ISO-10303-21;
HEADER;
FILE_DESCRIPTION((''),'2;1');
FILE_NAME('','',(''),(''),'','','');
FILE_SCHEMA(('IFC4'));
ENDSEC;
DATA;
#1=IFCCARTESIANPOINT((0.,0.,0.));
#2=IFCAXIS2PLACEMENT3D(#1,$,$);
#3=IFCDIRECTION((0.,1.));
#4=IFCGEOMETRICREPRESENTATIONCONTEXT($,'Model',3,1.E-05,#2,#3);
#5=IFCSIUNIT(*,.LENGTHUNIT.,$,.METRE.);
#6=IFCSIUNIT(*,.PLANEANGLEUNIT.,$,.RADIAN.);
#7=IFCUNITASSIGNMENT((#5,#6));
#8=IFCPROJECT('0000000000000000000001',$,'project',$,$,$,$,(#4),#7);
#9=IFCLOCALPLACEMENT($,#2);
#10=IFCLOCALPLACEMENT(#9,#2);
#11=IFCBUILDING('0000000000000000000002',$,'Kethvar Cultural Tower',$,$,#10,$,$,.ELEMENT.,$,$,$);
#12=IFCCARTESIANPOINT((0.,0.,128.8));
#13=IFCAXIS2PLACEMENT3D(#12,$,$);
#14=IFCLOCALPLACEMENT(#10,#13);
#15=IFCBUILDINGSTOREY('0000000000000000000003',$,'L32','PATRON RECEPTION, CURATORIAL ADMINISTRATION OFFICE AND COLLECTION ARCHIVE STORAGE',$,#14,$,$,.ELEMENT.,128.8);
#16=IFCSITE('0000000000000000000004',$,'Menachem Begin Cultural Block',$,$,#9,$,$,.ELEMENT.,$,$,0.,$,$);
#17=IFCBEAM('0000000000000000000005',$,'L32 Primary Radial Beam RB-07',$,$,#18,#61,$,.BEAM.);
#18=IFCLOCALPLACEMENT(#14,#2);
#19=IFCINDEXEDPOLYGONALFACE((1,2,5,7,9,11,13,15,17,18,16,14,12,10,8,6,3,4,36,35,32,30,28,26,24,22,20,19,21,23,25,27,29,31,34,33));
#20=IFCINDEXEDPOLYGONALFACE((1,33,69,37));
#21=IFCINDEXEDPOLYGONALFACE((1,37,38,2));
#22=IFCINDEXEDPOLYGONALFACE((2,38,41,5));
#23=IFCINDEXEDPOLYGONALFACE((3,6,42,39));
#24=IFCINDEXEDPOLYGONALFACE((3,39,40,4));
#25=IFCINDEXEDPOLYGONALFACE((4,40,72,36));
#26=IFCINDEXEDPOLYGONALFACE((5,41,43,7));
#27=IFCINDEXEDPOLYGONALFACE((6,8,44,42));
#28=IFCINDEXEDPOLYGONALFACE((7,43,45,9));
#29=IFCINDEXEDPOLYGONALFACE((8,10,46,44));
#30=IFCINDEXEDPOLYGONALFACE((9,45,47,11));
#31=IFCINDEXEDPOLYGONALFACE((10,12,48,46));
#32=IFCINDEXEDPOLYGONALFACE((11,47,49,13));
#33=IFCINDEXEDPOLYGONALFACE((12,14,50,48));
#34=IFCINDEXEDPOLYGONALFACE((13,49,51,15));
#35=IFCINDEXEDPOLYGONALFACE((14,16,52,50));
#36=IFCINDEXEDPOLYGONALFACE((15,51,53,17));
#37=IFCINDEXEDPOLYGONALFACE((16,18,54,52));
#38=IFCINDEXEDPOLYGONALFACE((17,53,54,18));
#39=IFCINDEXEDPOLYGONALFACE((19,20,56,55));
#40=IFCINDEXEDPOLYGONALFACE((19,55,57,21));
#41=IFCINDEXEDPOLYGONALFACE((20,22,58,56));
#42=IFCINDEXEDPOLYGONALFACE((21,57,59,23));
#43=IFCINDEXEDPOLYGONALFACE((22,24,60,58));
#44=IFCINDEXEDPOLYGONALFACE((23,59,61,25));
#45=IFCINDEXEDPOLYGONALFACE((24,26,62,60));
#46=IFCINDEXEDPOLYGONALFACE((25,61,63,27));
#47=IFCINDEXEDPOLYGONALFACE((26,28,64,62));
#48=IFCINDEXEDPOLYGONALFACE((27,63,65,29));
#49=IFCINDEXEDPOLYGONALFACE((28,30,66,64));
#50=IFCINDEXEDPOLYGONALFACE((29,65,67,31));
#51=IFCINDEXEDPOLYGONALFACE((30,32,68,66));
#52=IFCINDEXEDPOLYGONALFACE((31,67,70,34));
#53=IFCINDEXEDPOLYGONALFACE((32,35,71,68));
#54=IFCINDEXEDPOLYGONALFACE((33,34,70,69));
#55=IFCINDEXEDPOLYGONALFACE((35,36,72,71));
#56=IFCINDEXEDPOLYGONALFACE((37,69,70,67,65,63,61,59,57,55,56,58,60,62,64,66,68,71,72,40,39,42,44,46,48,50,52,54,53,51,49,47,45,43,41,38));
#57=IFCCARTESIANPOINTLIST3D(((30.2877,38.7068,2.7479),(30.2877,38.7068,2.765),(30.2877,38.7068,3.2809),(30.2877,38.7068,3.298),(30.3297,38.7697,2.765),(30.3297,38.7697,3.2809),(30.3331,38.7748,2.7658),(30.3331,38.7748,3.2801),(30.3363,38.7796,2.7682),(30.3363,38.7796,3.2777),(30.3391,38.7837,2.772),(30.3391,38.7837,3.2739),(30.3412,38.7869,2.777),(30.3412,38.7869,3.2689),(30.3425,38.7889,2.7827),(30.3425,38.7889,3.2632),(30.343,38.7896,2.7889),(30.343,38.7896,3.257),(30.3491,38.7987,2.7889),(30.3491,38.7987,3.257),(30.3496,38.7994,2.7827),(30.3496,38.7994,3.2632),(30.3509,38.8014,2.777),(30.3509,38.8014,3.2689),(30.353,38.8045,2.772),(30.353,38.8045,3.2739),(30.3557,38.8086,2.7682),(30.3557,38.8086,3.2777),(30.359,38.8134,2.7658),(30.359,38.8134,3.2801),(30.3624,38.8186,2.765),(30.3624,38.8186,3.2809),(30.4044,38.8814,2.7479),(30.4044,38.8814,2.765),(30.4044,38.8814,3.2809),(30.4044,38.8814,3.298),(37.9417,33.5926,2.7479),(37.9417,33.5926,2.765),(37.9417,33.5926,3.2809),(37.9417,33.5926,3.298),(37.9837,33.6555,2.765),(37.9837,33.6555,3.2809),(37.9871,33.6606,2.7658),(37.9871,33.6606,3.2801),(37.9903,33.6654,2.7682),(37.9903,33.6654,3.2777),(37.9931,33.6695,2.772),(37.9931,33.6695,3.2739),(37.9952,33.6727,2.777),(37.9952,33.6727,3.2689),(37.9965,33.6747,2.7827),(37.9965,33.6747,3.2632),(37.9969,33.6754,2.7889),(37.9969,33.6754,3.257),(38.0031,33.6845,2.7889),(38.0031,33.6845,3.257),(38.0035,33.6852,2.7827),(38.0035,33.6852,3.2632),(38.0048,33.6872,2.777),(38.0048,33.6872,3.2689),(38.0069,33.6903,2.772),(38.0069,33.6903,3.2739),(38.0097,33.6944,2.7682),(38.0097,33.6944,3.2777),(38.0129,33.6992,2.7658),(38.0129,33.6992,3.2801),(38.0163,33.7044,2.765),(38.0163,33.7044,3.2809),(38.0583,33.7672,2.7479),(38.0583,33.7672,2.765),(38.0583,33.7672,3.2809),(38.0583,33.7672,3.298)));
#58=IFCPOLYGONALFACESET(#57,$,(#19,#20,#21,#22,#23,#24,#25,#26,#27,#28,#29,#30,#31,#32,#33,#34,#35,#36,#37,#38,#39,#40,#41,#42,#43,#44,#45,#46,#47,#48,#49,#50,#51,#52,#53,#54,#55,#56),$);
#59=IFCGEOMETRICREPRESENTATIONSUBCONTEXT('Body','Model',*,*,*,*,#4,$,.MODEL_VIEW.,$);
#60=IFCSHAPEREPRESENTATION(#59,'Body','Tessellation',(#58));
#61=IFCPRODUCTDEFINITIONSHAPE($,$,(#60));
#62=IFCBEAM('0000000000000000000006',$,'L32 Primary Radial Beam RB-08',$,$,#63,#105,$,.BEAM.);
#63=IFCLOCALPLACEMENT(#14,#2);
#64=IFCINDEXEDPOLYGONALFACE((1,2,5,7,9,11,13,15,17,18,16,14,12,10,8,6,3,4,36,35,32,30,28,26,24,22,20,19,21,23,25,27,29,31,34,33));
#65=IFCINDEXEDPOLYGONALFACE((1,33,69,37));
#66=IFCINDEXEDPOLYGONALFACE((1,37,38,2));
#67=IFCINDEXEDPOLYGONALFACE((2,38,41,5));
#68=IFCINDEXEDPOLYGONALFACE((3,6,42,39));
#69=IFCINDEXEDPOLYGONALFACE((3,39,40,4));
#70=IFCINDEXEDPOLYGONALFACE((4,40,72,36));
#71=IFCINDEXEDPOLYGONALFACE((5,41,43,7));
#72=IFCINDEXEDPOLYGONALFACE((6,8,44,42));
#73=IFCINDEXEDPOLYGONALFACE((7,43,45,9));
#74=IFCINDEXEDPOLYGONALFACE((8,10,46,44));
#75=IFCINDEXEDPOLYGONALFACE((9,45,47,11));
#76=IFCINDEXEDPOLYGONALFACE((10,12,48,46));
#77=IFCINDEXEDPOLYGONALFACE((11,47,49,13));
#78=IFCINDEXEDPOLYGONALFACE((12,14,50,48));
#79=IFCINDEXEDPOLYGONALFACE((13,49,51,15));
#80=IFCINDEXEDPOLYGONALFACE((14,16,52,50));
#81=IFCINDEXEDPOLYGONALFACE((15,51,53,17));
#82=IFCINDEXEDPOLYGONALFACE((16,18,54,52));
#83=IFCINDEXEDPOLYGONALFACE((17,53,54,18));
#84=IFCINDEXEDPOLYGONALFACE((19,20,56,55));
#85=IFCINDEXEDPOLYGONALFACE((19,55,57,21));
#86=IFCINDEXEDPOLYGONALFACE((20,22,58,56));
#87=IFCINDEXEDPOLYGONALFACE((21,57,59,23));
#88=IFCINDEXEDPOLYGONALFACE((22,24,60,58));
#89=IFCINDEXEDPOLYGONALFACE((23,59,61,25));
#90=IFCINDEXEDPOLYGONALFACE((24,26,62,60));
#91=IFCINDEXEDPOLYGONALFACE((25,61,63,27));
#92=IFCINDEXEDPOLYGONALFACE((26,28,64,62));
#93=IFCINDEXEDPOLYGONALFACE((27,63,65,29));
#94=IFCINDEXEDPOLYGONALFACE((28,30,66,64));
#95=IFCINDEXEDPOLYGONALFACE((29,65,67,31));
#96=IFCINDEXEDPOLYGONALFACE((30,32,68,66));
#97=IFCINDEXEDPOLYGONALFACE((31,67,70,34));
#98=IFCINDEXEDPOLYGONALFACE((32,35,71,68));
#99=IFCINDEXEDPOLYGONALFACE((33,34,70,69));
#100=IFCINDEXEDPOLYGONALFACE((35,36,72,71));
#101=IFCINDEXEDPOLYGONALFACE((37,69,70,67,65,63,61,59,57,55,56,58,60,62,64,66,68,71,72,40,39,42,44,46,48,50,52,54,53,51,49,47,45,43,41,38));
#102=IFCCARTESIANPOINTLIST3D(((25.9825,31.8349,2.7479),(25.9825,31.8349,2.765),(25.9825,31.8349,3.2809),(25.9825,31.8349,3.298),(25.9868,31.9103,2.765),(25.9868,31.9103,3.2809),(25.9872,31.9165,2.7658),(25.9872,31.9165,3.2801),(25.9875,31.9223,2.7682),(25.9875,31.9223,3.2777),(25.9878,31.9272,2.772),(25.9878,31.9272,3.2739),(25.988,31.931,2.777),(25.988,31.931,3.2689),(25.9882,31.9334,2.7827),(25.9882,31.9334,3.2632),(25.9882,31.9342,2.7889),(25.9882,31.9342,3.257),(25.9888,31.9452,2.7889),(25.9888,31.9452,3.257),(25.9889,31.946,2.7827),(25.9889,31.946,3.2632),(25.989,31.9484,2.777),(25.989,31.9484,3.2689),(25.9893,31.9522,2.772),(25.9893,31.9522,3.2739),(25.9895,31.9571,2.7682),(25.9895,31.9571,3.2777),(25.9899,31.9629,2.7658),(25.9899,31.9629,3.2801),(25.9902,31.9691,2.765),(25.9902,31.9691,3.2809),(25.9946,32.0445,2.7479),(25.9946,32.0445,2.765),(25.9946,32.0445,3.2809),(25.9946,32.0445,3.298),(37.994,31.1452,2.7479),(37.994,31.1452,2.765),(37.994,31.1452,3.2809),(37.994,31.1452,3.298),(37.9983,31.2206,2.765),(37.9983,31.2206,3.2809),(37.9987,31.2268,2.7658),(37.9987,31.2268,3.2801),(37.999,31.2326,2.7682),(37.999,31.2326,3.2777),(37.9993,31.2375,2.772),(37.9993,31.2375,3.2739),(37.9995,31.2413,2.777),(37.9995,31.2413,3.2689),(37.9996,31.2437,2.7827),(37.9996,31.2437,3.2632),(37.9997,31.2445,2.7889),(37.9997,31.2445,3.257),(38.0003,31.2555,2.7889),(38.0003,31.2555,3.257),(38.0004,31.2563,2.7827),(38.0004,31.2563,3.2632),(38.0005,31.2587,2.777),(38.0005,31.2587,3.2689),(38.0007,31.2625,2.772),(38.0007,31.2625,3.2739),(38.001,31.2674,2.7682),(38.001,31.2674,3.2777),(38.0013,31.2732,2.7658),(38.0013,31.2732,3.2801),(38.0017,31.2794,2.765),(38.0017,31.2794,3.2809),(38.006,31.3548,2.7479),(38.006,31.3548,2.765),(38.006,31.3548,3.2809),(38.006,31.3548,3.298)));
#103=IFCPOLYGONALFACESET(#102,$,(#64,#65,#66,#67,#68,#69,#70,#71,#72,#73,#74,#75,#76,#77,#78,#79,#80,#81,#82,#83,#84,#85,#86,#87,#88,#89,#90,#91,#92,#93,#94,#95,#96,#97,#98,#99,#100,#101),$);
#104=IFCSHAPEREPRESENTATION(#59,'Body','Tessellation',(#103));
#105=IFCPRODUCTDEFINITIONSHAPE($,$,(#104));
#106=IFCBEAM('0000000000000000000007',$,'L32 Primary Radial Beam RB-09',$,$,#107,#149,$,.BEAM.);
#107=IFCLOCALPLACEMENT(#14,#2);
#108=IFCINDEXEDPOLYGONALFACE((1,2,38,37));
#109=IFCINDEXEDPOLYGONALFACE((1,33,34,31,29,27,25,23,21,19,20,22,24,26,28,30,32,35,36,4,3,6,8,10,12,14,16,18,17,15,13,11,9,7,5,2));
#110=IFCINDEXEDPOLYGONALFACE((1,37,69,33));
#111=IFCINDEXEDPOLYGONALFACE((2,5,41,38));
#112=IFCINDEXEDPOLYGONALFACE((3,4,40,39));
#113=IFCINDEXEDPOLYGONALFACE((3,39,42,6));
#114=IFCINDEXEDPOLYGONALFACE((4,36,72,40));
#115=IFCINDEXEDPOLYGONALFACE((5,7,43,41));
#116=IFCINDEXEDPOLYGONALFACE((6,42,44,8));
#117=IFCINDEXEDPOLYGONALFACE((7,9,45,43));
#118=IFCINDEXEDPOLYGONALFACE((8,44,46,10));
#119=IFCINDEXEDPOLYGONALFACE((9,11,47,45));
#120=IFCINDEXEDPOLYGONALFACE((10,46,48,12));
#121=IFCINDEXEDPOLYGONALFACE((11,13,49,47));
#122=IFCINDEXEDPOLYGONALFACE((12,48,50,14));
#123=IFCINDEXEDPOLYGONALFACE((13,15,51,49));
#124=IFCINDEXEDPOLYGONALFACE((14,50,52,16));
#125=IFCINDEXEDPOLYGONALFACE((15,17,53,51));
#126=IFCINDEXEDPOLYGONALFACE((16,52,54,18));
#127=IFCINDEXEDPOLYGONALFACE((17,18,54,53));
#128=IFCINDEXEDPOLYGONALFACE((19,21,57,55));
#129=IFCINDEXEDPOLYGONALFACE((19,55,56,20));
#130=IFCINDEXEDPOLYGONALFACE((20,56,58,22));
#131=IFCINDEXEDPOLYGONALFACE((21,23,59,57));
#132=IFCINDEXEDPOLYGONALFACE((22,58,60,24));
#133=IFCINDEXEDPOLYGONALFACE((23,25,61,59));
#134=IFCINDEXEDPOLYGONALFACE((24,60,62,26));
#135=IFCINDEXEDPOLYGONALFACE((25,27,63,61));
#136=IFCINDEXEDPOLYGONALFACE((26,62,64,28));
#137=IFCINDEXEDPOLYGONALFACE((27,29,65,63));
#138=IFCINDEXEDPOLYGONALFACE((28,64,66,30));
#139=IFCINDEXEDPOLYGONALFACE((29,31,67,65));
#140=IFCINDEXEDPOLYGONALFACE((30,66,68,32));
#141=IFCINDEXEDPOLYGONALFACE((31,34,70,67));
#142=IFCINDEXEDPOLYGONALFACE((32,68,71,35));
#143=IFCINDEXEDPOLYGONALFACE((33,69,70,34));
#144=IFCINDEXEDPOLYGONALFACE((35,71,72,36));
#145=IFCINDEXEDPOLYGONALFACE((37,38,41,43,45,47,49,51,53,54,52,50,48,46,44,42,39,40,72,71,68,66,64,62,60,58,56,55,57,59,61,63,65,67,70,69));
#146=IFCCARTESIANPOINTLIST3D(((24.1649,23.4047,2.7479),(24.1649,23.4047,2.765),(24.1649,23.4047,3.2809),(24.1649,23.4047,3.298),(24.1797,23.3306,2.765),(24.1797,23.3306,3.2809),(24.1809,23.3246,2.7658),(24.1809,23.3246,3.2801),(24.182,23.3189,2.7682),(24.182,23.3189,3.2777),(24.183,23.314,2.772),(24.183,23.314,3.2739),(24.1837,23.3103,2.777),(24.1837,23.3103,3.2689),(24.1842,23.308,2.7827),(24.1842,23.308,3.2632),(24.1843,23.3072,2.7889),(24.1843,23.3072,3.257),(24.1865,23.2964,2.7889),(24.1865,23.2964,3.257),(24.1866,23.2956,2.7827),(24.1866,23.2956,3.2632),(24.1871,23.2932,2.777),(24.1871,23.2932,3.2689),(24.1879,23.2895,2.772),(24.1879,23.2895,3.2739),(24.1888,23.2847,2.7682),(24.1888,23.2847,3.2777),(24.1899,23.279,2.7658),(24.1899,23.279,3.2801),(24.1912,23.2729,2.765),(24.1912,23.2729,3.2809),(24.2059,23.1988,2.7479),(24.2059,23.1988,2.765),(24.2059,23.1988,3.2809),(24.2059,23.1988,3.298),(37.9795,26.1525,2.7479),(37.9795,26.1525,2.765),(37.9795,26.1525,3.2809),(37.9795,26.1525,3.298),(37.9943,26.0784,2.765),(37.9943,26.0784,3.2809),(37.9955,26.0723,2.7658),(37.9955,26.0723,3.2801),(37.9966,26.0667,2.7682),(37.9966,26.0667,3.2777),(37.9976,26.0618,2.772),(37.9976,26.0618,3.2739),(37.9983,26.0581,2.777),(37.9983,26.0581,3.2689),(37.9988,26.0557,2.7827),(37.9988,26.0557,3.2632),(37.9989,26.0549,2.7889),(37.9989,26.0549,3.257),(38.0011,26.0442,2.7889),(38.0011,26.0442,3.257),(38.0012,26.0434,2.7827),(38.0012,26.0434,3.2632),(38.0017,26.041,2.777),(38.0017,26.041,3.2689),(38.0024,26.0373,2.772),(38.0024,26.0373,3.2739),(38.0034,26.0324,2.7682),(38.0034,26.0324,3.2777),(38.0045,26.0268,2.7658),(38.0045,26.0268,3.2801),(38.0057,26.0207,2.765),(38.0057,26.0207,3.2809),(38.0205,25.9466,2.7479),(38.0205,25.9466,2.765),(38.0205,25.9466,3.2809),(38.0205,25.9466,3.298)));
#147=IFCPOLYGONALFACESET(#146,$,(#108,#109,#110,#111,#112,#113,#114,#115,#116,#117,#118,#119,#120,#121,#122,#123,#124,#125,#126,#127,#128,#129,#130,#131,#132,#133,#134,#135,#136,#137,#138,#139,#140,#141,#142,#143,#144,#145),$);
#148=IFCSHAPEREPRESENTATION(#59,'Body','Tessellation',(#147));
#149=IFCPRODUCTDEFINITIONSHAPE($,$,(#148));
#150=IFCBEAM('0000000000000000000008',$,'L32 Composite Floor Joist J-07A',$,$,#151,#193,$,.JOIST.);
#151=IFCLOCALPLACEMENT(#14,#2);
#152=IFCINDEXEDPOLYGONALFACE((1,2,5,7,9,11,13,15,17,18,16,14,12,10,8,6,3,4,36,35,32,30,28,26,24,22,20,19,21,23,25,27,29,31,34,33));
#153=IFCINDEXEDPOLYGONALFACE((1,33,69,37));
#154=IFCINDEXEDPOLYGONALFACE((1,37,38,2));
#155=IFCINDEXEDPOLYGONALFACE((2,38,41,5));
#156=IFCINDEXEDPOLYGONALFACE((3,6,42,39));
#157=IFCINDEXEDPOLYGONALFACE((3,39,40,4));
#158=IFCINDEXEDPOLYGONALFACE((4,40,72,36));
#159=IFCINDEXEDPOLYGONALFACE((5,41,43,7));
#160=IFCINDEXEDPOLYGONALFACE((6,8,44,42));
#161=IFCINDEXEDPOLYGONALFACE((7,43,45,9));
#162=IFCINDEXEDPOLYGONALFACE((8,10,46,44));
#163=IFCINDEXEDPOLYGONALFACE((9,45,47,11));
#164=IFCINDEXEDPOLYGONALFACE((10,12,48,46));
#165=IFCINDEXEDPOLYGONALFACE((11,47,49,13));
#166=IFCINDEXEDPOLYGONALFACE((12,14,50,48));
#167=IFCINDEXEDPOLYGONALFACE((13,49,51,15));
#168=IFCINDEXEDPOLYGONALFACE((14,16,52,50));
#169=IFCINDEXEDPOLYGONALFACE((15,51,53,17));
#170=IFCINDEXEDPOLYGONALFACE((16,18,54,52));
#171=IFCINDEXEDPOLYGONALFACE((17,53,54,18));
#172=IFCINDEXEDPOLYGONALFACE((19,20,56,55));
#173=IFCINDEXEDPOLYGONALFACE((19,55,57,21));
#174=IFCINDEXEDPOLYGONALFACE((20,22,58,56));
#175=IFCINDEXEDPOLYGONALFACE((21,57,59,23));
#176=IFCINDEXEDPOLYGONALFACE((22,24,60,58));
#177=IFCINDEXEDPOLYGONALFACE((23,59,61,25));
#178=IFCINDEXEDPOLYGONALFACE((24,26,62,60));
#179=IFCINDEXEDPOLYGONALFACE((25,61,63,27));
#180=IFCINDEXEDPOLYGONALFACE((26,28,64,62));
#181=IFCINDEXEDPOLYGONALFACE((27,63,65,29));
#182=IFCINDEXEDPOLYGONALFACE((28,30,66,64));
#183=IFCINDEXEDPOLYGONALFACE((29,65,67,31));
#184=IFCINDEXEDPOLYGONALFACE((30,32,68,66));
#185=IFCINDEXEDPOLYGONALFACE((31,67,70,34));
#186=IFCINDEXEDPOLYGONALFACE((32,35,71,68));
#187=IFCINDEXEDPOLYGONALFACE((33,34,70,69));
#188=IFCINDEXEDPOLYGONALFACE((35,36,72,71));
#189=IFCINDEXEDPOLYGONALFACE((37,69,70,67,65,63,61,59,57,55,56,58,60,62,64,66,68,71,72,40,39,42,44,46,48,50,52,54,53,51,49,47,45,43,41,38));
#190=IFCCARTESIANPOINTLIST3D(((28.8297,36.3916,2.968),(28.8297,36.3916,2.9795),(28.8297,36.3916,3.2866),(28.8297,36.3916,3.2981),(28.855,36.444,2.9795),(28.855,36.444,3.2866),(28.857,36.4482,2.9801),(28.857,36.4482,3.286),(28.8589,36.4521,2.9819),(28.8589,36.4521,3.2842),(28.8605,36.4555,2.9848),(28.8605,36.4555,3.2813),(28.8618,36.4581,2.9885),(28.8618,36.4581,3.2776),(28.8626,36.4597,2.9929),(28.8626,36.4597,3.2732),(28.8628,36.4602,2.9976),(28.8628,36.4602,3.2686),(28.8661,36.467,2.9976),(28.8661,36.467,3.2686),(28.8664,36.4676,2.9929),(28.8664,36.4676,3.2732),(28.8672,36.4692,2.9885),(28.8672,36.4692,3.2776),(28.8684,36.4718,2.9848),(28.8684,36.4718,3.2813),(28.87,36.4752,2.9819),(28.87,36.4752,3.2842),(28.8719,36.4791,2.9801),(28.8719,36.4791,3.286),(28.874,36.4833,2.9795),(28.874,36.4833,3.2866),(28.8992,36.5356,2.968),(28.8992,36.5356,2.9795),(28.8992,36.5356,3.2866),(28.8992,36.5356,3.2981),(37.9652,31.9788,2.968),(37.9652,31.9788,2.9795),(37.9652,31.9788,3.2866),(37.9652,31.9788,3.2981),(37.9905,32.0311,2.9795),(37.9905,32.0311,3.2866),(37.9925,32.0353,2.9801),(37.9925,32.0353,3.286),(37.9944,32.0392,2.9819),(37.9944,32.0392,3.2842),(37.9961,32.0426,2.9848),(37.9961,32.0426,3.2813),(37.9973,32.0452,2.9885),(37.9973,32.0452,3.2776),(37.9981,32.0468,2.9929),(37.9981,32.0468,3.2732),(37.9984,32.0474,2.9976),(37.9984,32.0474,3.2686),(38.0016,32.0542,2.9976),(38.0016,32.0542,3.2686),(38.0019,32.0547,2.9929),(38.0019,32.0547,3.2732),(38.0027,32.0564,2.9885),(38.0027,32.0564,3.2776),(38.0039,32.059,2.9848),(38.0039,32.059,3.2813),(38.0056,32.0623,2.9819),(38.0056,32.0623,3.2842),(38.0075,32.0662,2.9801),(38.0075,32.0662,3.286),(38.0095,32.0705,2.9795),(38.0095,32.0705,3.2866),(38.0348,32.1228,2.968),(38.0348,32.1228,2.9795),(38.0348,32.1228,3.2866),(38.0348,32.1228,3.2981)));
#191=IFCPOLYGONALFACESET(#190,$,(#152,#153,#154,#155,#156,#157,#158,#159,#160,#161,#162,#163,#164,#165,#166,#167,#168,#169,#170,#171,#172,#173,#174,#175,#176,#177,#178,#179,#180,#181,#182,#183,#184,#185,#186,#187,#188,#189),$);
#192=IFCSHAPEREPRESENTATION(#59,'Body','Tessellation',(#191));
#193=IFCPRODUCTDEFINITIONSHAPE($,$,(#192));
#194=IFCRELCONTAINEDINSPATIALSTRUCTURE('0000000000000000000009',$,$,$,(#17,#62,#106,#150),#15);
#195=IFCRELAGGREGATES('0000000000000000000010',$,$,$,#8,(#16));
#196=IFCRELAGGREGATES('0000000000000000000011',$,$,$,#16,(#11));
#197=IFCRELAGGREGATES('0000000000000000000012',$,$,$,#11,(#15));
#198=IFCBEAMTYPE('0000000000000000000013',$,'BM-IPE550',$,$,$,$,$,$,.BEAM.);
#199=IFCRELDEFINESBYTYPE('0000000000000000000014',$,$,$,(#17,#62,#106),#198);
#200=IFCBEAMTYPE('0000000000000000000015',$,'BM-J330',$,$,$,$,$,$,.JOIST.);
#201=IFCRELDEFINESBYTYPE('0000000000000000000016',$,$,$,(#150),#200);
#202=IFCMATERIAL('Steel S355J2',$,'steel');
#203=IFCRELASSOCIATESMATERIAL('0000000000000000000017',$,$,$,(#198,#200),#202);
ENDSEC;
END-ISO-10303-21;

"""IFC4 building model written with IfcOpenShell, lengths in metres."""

from ifc_helpers import new_model, si_unit, direction, frame, origin, origin_2d, place, context, subcontext, project, spatial, i_section, extrude, source, transform, mapped, material, material_profile, profile_set, type_object, element, save


model = new_model("IFC4")

# Units and contexts
model_context = context("Model", 3, precision=1e-05, world=origin(), true_north=direction((0.0, 1.0)))
body_context = subcontext(model_context, "Body", "Model", "MODEL_VIEW")
ifc_project = project(units=[si_unit("LENGTHUNIT", "METRE"), si_unit("PLANEANGLEUNIT", "RADIAN")], contexts=[model_context])

# Site, building, storey
site_placement = place(None, origin())
site = spatial("IfcSite", under=ifc_project, at=site_placement, Name="Menachem Begin Cultural Block", CompositionType="ELEMENT", RefElevation=0.0)
building_placement = place(site_placement, origin())
building = spatial("IfcBuilding", under=site, at=building_placement, Name="Kethvar Cultural Tower", CompositionType="ELEMENT")
storey_placement = place(building_placement, frame((0.0, 0.0, 128.8)))
storey = spatial("IfcBuildingStorey", under=building, at=storey_placement, Name="L32", Description="PATRON RECEPTION, CURATORIAL ADMINISTRATION OFFICE AND COLLECTION ARCHIVE STORAGE", CompositionType="ELEMENT", Elevation=128.8)

# Beams
ifc_material_1 = material(Name="Steel S355J2", Category="steel")
ifc_material_profile_1 = material_profile(ifc_material_1, i_section(OverallWidth=0.21, OverallDepth=0.55, WebThickness=0.011, FlangeThickness=0.0171, FilletRadius=0.0239, at=origin_2d()), Name="Steel S355J2 — IPE550")
ifc_profile_set_1 = profile_set([ifc_material_profile_1], Name="Steel S355J2 — IPE550")
beam_type_1 = type_object("IfcBeamType", Name="BM-IPE550", PredefinedType="BEAM", material=ifc_profile_set_1)
shared_shape_1 = source(origin(), body_context, "Body", "SweptSolid", [
    extrude(i_section(OverallWidth=0.21, OverallDepth=0.55, WebThickness=0.011, FlangeThickness=0.0171, FilletRadius=0.0239, at=origin_2d()), origin(), (0.0, 0.0, 1.0), 9.2053),
])
beam_1_placement = place(storey_placement, frame((38.0, 33.6799, 3.0229), z_axis=(-0.83147, 0.555569, 0.0), x_axis=(-0.555569, -0.83147, 0.0)))
element("IfcBeam", 1, at=beam_1_placement, inside=storey, type_object=beam_type_1, Name="L32 Primary Radial Beam RB-07", PredefinedType="BEAM", context=body_context, shape_type="MappedRepresentation", body=[
    mapped(shared_shape_1, transform((0.0, 0.0, 0.0), scale=1.0)),
])
shared_shape_2 = source(origin(), body_context, "Body", "SweptSolid", [
    extrude(i_section(OverallWidth=0.21, OverallDepth=0.55, WebThickness=0.011, FlangeThickness=0.0171, FilletRadius=0.0239, at=origin_2d()), origin(), (0.0, 0.0, 1.0), 12.0312),
])
beam_2_placement = place(storey_placement, frame((38.0, 31.25, 3.0229), z_axis=(-0.998356, 0.057325, 0.0), x_axis=(-0.057325, -0.998356, 0.0)))
element("IfcBeam", 2, at=beam_2_placement, inside=storey, type_object=beam_type_1, Name="L32 Primary Radial Beam RB-08", PredefinedType="BEAM", context=body_context, shape_type="MappedRepresentation", body=[
    mapped(shared_shape_2, transform((0.0, 0.0, 0.0), scale=1.0)),
])
shared_shape_3 = source(origin(), body_context, "Body", "SweptSolid", [
    extrude(i_section(OverallWidth=0.21, OverallDepth=0.55, WebThickness=0.011, FlangeThickness=0.0171, FilletRadius=0.0239, at=origin_2d()), origin(), (0.0, 0.0, 1.0), 14.0852),
])
beam_3_placement = place(storey_placement, frame((38.0, 26.0496, 3.0229), z_axis=(-0.980787, -0.195083, 0.0), x_axis=(0.195083, -0.980787, 0.0)))
element("IfcBeam", 3, at=beam_3_placement, inside=storey, type_object=beam_type_1, Name="L32 Primary Radial Beam RB-09", PredefinedType="BEAM", context=body_context, shape_type="MappedRepresentation", body=[
    mapped(shared_shape_3, transform((0.0, 0.0, 0.0), scale=1.0)),
])
ifc_material_profile_2 = material_profile(ifc_material_1, i_section(OverallWidth=0.1599, OverallDepth=0.3301, WebThickness=0.0076, FlangeThickness=0.0115, FilletRadius=0.0181, at=origin_2d()), Name="Steel S355J2 — IPE330")
ifc_profile_set_2 = profile_set([ifc_material_profile_2], Name="Steel S355J2 — IPE330")
beam_type_2 = type_object("IfcBeamType", Name="BM-J330", PredefinedType="JOIST", material=ifc_profile_set_2)
shared_shape_4 = source(origin(), body_context, "Body", "SweptSolid", [
    extrude(i_section(OverallWidth=0.1599, OverallDepth=0.3301, WebThickness=0.0076, FlangeThickness=0.0115, FilletRadius=0.0181, at=origin_2d()), origin(), (0.0, 0.0, 1.0), 10.1455),
])
beam_4_placement = place(storey_placement, frame((38.0, 32.0508, 3.1331), z_axis=(-0.900451, 0.434957, 0.0), x_axis=(-0.434957, -0.900451, 0.0)))
element("IfcBeam", 4, at=beam_4_placement, inside=storey, type_object=beam_type_2, Name="L32 Composite Floor Joist J-07A", PredefinedType="JOIST", context=body_context, shape_type="MappedRepresentation", body=[
    mapped(shared_shape_4, transform((0.0, 0.0, 0.0), scale=1.0)),
])

save(model, "model.ifc")
